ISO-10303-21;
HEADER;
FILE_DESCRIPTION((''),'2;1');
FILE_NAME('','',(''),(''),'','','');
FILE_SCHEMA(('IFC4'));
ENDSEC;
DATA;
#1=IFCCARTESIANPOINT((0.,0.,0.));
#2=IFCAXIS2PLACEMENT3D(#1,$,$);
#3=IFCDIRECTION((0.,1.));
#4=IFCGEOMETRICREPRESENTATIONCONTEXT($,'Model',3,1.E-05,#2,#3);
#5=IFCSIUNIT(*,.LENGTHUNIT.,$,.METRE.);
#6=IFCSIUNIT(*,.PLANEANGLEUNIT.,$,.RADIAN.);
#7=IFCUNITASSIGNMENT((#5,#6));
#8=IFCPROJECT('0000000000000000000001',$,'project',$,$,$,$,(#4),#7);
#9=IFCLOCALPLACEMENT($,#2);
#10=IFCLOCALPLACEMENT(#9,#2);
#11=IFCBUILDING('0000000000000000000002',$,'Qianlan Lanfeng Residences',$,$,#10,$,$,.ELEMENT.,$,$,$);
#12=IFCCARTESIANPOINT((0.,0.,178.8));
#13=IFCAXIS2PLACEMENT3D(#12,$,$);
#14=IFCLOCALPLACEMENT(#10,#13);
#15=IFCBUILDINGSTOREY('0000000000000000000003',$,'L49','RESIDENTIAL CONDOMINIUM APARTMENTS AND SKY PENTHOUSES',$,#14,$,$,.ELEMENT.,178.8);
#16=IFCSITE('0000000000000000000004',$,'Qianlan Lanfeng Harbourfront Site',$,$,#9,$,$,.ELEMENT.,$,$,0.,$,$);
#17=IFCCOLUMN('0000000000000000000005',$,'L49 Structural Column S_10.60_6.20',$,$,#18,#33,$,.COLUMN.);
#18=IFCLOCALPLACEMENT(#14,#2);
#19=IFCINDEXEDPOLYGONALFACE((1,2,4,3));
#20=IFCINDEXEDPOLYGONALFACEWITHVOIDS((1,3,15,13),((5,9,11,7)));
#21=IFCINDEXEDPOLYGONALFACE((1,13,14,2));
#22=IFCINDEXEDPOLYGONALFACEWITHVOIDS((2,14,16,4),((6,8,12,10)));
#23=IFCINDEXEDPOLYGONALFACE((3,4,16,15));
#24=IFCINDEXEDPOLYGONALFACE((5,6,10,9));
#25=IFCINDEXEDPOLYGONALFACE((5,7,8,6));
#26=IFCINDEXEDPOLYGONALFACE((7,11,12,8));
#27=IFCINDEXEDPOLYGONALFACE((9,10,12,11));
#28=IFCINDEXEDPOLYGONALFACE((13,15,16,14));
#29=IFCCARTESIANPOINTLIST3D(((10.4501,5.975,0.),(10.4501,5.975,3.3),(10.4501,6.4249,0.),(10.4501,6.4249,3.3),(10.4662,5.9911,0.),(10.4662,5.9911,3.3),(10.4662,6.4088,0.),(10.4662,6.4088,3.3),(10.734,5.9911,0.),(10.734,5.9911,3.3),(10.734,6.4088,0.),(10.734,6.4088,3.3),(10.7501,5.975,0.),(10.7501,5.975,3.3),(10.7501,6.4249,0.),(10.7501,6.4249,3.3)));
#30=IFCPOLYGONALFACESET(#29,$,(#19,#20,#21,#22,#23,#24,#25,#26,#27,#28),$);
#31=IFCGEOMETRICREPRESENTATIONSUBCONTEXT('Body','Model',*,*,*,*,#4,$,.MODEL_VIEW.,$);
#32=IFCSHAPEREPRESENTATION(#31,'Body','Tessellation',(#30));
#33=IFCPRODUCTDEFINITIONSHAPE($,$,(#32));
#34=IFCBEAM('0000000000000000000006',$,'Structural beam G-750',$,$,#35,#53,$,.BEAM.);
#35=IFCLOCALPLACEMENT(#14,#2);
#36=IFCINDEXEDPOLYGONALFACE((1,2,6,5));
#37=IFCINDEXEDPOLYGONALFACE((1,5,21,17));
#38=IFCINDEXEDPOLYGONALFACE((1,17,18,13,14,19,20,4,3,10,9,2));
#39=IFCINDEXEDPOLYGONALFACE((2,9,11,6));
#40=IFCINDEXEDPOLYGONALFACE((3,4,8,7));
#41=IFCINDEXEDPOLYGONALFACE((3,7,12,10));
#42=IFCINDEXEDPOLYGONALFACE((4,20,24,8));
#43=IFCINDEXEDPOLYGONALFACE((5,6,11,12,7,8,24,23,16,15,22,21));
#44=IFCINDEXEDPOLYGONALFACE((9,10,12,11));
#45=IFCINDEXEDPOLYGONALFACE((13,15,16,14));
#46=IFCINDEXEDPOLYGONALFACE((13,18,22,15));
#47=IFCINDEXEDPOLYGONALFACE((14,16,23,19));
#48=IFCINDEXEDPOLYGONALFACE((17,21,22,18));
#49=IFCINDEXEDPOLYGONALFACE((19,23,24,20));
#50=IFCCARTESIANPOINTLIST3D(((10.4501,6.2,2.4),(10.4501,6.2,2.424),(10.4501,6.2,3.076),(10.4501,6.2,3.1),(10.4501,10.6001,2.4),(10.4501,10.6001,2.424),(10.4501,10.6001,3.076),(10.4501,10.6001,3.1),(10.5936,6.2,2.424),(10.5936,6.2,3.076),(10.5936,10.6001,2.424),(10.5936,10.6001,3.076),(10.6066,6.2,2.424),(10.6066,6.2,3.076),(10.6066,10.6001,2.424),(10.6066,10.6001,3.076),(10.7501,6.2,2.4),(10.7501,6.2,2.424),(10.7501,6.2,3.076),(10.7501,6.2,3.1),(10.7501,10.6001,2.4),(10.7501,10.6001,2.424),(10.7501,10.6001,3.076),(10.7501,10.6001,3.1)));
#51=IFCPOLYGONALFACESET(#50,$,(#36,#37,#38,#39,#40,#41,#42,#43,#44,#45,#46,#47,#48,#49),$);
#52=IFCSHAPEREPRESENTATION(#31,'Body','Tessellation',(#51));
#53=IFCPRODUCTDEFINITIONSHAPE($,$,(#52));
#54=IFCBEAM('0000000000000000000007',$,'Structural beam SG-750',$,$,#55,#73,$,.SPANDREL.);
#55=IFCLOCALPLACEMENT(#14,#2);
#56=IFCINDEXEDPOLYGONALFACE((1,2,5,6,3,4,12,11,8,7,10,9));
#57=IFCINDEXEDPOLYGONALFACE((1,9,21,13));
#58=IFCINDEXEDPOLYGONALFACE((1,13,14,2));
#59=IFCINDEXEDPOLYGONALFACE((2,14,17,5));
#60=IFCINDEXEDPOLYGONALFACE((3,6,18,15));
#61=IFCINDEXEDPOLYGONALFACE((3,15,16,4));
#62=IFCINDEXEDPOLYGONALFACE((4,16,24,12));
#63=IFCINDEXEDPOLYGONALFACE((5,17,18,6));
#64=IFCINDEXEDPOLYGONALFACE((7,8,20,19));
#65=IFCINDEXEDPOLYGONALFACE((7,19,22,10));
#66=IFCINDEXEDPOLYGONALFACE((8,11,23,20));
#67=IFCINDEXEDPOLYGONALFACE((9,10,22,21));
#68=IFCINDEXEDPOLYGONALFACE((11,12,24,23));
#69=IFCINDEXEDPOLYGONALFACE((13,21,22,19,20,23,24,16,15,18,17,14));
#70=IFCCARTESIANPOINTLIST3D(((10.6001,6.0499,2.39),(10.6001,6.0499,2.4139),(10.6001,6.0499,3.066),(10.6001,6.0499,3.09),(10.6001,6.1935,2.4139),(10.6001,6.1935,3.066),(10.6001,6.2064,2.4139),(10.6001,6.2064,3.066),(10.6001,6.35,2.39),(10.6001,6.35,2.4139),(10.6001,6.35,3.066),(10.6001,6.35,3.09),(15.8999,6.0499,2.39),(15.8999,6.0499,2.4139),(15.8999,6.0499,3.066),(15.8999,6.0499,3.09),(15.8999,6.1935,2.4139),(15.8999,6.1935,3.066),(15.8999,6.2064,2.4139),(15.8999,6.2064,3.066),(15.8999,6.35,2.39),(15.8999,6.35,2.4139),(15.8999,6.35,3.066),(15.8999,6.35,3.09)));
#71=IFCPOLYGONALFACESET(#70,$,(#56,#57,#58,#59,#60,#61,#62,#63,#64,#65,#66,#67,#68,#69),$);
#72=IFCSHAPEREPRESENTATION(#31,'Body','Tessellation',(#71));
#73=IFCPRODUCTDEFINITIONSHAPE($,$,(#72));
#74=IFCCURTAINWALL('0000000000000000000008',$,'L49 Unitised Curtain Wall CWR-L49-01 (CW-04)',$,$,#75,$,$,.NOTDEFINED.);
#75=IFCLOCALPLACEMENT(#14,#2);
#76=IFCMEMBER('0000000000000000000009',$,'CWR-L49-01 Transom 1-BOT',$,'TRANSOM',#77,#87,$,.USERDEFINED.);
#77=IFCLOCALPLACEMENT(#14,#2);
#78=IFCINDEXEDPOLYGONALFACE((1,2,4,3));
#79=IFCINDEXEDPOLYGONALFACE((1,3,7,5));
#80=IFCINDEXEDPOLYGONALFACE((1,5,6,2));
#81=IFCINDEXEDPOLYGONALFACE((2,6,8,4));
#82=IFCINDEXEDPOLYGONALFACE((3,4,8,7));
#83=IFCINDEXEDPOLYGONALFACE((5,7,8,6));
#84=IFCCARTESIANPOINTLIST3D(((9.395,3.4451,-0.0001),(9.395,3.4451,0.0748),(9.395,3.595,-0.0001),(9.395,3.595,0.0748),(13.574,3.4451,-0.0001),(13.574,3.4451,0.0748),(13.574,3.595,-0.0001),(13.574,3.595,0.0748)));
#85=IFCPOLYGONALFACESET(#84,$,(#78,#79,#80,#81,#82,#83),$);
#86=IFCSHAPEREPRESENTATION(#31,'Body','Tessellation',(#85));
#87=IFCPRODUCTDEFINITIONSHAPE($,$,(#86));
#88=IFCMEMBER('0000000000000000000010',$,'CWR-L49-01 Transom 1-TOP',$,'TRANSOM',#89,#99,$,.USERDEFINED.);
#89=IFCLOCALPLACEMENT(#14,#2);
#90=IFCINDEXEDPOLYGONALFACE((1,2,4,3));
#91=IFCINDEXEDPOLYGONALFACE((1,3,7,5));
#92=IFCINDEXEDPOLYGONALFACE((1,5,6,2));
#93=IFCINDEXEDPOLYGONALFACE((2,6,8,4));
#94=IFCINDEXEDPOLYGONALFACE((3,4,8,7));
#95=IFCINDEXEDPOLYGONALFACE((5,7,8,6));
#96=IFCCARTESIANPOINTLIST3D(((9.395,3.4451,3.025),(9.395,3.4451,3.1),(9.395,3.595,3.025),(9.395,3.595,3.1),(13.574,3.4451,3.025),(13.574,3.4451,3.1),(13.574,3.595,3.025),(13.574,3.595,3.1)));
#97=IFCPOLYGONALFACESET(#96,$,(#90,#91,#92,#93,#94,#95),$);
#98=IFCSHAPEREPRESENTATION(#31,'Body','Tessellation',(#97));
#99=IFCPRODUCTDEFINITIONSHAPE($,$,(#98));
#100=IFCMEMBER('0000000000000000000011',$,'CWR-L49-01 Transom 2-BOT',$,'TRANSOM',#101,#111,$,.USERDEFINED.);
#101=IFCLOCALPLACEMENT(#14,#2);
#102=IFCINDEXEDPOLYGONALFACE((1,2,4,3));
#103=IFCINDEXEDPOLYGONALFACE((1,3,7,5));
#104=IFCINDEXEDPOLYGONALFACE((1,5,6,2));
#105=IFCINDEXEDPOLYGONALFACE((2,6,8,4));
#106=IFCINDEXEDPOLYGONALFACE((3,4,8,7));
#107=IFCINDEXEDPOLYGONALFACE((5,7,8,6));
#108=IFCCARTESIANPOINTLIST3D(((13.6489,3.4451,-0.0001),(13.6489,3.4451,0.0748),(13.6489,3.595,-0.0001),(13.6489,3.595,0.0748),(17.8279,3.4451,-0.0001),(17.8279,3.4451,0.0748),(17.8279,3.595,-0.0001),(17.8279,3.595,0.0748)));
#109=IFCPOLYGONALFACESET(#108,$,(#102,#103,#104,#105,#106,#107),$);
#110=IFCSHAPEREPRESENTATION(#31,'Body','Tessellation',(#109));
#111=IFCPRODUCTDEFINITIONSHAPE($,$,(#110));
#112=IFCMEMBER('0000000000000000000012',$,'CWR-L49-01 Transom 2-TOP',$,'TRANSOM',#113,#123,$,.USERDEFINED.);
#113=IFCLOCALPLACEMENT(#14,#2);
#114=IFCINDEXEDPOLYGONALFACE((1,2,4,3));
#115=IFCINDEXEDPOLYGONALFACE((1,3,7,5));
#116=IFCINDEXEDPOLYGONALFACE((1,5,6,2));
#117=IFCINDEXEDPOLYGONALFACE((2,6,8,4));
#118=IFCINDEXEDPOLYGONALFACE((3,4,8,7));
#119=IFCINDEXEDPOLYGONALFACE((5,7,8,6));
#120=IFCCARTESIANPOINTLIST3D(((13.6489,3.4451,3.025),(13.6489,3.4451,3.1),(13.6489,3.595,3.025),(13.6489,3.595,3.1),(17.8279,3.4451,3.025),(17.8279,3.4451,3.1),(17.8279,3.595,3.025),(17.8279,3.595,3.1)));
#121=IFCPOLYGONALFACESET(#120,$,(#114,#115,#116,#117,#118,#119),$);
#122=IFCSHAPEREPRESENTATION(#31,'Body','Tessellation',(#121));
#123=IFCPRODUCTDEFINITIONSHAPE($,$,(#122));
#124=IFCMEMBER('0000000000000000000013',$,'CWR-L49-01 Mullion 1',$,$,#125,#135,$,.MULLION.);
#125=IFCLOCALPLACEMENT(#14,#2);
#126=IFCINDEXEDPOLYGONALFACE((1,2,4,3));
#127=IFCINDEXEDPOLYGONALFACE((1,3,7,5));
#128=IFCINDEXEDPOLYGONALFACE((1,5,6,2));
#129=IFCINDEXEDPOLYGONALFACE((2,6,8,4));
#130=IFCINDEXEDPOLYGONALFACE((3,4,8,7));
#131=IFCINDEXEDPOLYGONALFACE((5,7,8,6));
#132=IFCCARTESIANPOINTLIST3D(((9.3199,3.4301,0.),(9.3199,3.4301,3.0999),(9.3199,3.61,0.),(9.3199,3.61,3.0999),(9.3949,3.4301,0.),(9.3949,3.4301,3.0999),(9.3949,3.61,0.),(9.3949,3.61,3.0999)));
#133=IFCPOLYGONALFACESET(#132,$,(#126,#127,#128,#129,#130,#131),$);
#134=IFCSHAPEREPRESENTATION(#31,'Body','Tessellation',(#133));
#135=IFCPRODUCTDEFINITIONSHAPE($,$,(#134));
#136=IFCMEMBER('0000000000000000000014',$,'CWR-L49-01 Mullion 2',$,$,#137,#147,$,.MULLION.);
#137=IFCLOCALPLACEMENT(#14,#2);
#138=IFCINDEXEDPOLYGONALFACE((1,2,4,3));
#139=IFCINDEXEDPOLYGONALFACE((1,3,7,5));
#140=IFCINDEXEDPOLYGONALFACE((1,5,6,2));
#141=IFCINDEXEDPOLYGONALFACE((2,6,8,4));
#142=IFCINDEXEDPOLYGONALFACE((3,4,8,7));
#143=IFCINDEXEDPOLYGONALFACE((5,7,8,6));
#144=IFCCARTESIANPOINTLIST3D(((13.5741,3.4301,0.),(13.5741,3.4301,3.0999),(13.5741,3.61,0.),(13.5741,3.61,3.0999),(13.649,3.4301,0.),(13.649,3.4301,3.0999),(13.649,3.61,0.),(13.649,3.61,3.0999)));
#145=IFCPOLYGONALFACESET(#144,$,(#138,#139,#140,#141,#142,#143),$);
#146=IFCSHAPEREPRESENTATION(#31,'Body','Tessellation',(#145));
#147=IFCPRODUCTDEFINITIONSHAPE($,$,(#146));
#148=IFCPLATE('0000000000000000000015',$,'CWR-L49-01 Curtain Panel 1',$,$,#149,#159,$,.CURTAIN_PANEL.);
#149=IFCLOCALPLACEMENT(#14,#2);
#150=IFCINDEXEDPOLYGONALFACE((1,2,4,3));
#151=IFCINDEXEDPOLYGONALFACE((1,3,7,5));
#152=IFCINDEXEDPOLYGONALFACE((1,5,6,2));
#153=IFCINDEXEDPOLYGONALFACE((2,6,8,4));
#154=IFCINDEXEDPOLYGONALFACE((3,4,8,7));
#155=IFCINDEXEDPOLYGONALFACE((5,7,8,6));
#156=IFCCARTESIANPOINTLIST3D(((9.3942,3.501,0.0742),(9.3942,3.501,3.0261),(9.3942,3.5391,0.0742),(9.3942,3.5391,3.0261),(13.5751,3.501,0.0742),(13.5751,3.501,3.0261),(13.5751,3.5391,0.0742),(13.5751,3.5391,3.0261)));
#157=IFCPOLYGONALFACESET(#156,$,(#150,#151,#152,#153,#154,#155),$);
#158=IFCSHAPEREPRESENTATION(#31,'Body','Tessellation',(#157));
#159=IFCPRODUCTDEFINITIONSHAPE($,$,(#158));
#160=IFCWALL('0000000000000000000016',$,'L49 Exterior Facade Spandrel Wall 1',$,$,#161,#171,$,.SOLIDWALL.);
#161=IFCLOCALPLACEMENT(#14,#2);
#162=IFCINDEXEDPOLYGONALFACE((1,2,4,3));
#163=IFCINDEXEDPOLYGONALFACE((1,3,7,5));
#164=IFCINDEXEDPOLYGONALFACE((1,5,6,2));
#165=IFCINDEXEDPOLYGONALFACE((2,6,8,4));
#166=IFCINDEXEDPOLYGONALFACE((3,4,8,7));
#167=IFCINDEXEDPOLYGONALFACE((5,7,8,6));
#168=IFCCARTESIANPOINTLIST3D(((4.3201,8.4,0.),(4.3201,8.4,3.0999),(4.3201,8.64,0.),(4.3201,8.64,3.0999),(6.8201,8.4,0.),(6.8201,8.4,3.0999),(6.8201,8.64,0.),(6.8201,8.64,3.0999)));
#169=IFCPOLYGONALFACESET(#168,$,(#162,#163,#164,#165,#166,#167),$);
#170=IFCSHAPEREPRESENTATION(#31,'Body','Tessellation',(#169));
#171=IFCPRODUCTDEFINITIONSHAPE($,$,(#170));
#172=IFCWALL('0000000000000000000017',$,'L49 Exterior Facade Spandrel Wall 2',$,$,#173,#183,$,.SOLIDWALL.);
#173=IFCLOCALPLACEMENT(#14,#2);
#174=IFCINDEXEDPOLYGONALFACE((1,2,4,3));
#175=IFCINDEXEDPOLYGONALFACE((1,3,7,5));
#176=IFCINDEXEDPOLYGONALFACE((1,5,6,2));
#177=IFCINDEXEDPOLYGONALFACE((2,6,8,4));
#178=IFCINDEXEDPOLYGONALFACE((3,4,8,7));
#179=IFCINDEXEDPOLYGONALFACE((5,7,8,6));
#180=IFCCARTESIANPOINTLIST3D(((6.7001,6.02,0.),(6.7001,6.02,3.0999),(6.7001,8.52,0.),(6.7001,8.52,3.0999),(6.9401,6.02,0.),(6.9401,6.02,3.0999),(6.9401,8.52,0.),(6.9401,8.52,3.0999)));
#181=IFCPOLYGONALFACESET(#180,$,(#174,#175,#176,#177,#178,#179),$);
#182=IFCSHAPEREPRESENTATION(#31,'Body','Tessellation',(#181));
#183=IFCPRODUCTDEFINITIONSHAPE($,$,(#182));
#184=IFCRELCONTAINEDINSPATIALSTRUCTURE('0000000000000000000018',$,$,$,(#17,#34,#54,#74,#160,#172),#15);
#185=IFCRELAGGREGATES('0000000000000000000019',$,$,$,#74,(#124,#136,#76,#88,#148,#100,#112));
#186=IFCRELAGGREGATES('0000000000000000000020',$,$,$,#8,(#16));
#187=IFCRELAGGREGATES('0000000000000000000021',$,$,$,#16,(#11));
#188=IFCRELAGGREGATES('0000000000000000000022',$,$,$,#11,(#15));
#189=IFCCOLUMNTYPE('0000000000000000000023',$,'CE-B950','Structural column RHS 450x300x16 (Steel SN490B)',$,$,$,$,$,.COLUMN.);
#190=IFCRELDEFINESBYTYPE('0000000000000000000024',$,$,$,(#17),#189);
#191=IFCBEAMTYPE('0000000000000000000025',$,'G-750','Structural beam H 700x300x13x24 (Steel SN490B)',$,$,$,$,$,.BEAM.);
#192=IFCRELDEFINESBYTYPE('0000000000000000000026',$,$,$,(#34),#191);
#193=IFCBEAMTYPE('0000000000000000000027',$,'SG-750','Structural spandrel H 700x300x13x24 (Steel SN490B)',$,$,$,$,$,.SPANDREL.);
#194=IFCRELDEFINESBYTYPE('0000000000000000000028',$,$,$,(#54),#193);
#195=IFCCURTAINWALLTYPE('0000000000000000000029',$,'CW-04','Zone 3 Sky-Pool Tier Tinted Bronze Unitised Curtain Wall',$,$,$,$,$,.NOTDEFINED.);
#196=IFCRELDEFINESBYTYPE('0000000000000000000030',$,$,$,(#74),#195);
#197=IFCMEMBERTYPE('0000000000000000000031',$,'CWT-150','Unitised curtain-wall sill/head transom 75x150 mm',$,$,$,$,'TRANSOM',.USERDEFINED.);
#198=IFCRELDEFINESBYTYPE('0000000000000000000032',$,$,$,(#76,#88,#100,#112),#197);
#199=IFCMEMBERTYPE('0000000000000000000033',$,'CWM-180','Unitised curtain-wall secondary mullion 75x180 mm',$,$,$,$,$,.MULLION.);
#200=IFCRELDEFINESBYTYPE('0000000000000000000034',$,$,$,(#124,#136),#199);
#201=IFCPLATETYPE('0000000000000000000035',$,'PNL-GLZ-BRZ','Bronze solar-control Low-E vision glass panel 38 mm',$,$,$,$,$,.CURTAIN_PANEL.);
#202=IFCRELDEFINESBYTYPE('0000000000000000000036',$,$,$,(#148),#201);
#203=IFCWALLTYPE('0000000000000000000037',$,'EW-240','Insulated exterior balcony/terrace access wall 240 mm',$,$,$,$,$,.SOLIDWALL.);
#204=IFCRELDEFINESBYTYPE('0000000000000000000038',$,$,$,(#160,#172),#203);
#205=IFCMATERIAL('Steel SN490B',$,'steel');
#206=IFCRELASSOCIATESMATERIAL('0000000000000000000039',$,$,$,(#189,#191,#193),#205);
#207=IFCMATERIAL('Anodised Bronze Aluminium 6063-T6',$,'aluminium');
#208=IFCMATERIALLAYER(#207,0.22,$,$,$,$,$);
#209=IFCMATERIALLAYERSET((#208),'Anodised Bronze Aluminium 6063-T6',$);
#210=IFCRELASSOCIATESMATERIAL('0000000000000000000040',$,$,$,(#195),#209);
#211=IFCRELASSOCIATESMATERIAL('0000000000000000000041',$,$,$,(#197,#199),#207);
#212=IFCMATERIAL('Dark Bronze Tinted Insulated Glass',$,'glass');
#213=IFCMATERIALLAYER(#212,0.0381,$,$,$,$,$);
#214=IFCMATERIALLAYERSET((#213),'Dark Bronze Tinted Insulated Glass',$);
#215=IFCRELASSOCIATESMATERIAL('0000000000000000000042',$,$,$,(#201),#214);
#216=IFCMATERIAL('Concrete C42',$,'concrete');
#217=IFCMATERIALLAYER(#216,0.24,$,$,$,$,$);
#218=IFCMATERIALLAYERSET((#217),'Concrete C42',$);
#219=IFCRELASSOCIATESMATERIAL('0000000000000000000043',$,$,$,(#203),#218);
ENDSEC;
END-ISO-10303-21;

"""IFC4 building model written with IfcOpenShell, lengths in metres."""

from ifc_helpers import new_model, si_unit, direction, frame, frame_2d, origin, origin_2d, place, context, subcontext, project, spatial, rectangle, hollow_rectangle, i_section, extrude, source, transform, mapped, material, layer, layer_set, material_profile, profile_set, type_object, element, aggregate, save


model = new_model("IFC4")

# Units and contexts
model_context = context("Model", 3, precision=1e-05, world=origin(), true_north=direction((0.0, 1.0)))
body_context = subcontext(model_context, "Body", "Model", "MODEL_VIEW")
ifc_project = project(units=[si_unit("LENGTHUNIT", "METRE"), si_unit("PLANEANGLEUNIT", "RADIAN")], contexts=[model_context])

# Site, building, storey
site_placement = place(None, origin())
site = spatial("IfcSite", under=ifc_project, at=site_placement, Name="Qianlan Lanfeng Harbourfront Site", CompositionType="ELEMENT", RefElevation=0.0)
building_placement = place(site_placement, origin())
building = spatial("IfcBuilding", under=site, at=building_placement, Name="Qianlan Lanfeng Residences", CompositionType="ELEMENT")
storey_placement = place(building_placement, frame((0.0, 0.0, 178.8)))
storey = spatial("IfcBuildingStorey", under=building, at=storey_placement, Name="L49", Description="RESIDENTIAL CONDOMINIUM APARTMENTS AND SKY PENTHOUSES", CompositionType="ELEMENT", Elevation=178.8)

# Column
ifc_material_1 = material(Name="Steel SN490B", Category="steel")
ifc_material_profile_1 = material_profile(ifc_material_1, hollow_rectangle(XDim=0.3, YDim=0.45, WallThickness=0.0161, at=origin_2d()), Name="RHS 450x300x16")
ifc_profile_set_1 = profile_set([ifc_material_profile_1], Name="Steel SN490B")
column_type = type_object("IfcColumnType", Name="CE-B950", Description="Structural column RHS 450x300x16 (Steel SN490B)", PredefinedType="COLUMN", material=ifc_profile_set_1)
column_placement = place(storey_placement, frame((10.6001, 6.2, 0.0), z_axis=(0.0, 0.0, 1.0), x_axis=(1.0, 0.0, 0.0)))
element("IfcColumn", 1, at=column_placement, inside=storey, type_object=column_type, Name="L49 Structural Column S_10.60_6.20", PredefinedType="COLUMN", context=body_context, shape_type="SweptSolid", body=[
    extrude(hollow_rectangle(XDim=0.3, YDim=0.45, WallThickness=0.0161, at=origin_2d()), origin(), (0.0, 0.0, 1.0), 3.3),
])

# Beams
ifc_material_profile_2 = material_profile(ifc_material_1, i_section(OverallWidth=0.3, OverallDepth=0.7, WebThickness=0.0129, FlangeThickness=0.0239, at=origin_2d()), Name="H 700x300x13x24")
ifc_profile_set_2 = profile_set([ifc_material_profile_2], Name="Steel SN490B")
beam_type_1 = type_object("IfcBeamType", Name="G-750", Description="Structural beam H 700x300x13x24 (Steel SN490B)", PredefinedType="BEAM", material=ifc_profile_set_2)
beam_1_placement = place(storey_placement, frame((10.6001, 6.2, 2.75), z_axis=(0.0, 1.0, 0.0), x_axis=(-1.0, 0.0, 0.0)))
element("IfcBeam", 2, at=beam_1_placement, inside=storey, type_object=beam_type_1, Name="Structural beam G-750", PredefinedType="BEAM", context=body_context, shape_type="SweptSolid", body=[
    extrude(i_section(OverallWidth=0.3, OverallDepth=0.7, WebThickness=0.0129, FlangeThickness=0.0239, at=origin_2d()), origin(), (0.0, 0.0, 1.0), 4.4001),
])
ifc_material_profile_3 = material_profile(ifc_material_1, i_section(OverallWidth=0.3, OverallDepth=0.7, WebThickness=0.0129, FlangeThickness=0.0239, at=origin_2d()), Name="H 700x300x13x24")
ifc_profile_set_3 = profile_set([ifc_material_profile_3], Name="Steel SN490B")
beam_type_2 = type_object("IfcBeamType", Name="SG-750", Description="Structural spandrel H 700x300x13x24 (Steel SN490B)", PredefinedType="SPANDREL", material=ifc_profile_set_3)
beam_2_placement = place(storey_placement, frame((10.6001, 6.2, 2.74), z_axis=(1.0, 0.0, 0.0), x_axis=(0.0, 1.0, 0.0)))
element("IfcBeam", 3, at=beam_2_placement, inside=storey, type_object=beam_type_2, Name="Structural beam SG-750", PredefinedType="SPANDREL", context=body_context, shape_type="SweptSolid", body=[
    extrude(i_section(OverallWidth=0.3, OverallDepth=0.7, WebThickness=0.0129, FlangeThickness=0.0239, at=origin_2d()), origin(), (0.0, 0.0, 1.0), 5.2998),
])

# Curtain wall, members, plate
ifc_material_2 = material(Name="Anodised Bronze Aluminium 6063-T6", Category="aluminium")
ifc_layer_1 = layer(ifc_material_2, 0.22)
ifc_layer_set_1 = layer_set([ifc_layer_1], Name="Anodised Bronze Aluminium 6063-T6")
curtain_wall_type = type_object("IfcCurtainWallType", Name="CW-04", Description="Zone 3 Sky-Pool Tier Tinted Bronze Unitised Curtain Wall", PredefinedType="NOTDEFINED", material=ifc_layer_set_1)
curtain_wall_placement = place(storey_placement, origin())
curtain_wall = element("IfcCurtainWall", 4, at=curtain_wall_placement, inside=storey, type_object=curtain_wall_type, Name="L49 Unitised Curtain Wall CWR-L49-01 (CW-04)", PredefinedType="NOTDEFINED")
ifc_material_profile_4 = material_profile(ifc_material_2, rectangle(XDim=0.075, YDim=0.1499, at=origin_2d()), Name="ALU TRANSOM 75x150")
ifc_profile_set_4 = profile_set([ifc_material_profile_4], Name="Anodised Bronze Aluminium 6063-T6")
member_type_1 = type_object("IfcMemberType", Name="CWT-150", Description="Unitised curtain-wall sill/head transom 75x150 mm", ElementType="TRANSOM", PredefinedType="USERDEFINED", material=ifc_profile_set_4)
shared_shape_1 = source(origin(), body_context, "Body", "SweptSolid", [
    extrude(rectangle(XDim=0.075, YDim=0.1499, at=origin_2d()), origin(), (0.0, 0.0, 1.0), 4.179),
])
member_1_placement = place(storey_placement, frame((9.395, 3.52, 0.0374), z_axis=(1.0, 0.0, 0.0), x_axis=(0.0, 0.0, 1.0)))
member_1 = element("IfcMember", 5, at=member_1_placement, type_object=member_type_1, Name="CWR-L49-01 Transom 1-BOT", ObjectType="TRANSOM", PredefinedType="USERDEFINED", context=body_context, shape_type="MappedRepresentation", body=[
    mapped(shared_shape_1, transform((0.0, 0.0, 0.0), scale=1.0)),
])
member_2_placement = place(storey_placement, frame((9.395, 3.52, 3.0625), z_axis=(1.0, 0.0, 0.0), x_axis=(0.0, 0.0, 1.0)))
member_2 = element("IfcMember", 6, at=member_2_placement, type_object=member_type_1, Name="CWR-L49-01 Transom 1-TOP", ObjectType="TRANSOM", PredefinedType="USERDEFINED", context=body_context, shape_type="MappedRepresentation", body=[
    mapped(shared_shape_1, transform((0.0, 0.0, 0.0), scale=1.0)),
])
member_3_placement = place(storey_placement, frame((13.6489, 3.52, 0.0374), z_axis=(1.0, 0.0, 0.0), x_axis=(0.0, 0.0, 1.0)))
member_3 = element("IfcMember", 7, at=member_3_placement, type_object=member_type_1, Name="CWR-L49-01 Transom 2-BOT", ObjectType="TRANSOM", PredefinedType="USERDEFINED", context=body_context, shape_type="MappedRepresentation", body=[
    mapped(shared_shape_1, transform((0.0, 0.0, 0.0), scale=1.0)),
])
member_4_placement = place(storey_placement, frame((13.6489, 3.52, 3.0625), z_axis=(1.0, 0.0, 0.0), x_axis=(0.0, 0.0, 1.0)))
member_4 = element("IfcMember", 8, at=member_4_placement, type_object=member_type_1, Name="CWR-L49-01 Transom 2-TOP", ObjectType="TRANSOM", PredefinedType="USERDEFINED", context=body_context, shape_type="MappedRepresentation", body=[
    mapped(shared_shape_1, transform((0.0, 0.0, 0.0), scale=1.0)),
])
ifc_material_profile_5 = material_profile(ifc_material_2, rectangle(XDim=0.075, YDim=0.1799, at=origin_2d()), Name="ALU MULLION 75x180")
ifc_profile_set_5 = profile_set([ifc_material_profile_5], Name="Anodised Bronze Aluminium 6063-T6")
member_type_2 = type_object("IfcMemberType", Name="CWM-180", Description="Unitised curtain-wall secondary mullion 75x180 mm", PredefinedType="MULLION", material=ifc_profile_set_5)
shared_shape_2 = source(origin(), body_context, "Body", "SweptSolid", [
    extrude(rectangle(XDim=0.075, YDim=0.1799, at=origin_2d()), origin(), (0.0, 0.0, 1.0), 3.0999),
])
member_5_placement = place(storey_placement, frame((9.3574, 3.52, 0.0), z_axis=(0.0, 0.0, 1.0), x_axis=(1.0, 0.0, 0.0)))
member_5 = element("IfcMember", 9, at=member_5_placement, type_object=member_type_2, Name="CWR-L49-01 Mullion 1", PredefinedType="MULLION", context=body_context, shape_type="MappedRepresentation", body=[
    mapped(shared_shape_2, transform((0.0, 0.0, 0.0), scale=1.0)),
])
member_6_placement = place(storey_placement, frame((13.6116, 3.52, 0.0), z_axis=(0.0, 0.0, 1.0), x_axis=(1.0, 0.0, 0.0)))
member_6 = element("IfcMember", 10, at=member_6_placement, type_object=member_type_2, Name="CWR-L49-01 Mullion 2", PredefinedType="MULLION", context=body_context, shape_type="MappedRepresentation", body=[
    mapped(shared_shape_2, transform((0.0, 0.0, 0.0), scale=1.0)),
])
ifc_material_3 = material(Name="Dark Bronze Tinted Insulated Glass", Category="glass")
ifc_layer_2 = layer(ifc_material_3, 0.0381)
ifc_layer_set_2 = layer_set([ifc_layer_2], Name="Dark Bronze Tinted Insulated Glass")
plate_type = type_object("IfcPlateType", Name="PNL-GLZ-BRZ", Description="Bronze solar-control Low-E vision glass panel 38 mm", PredefinedType="CURTAIN_PANEL", material=ifc_layer_set_2)
shared_shape_3 = source(origin(), body_context, "Body", "SweptSolid", [
    extrude(rectangle(XDim=4.1809, YDim=0.0381, at=origin_2d()), origin(), (0.0, 0.0, 1.0), 2.9519),
])
plate_placement = place(storey_placement, frame((11.4846, 3.52, 0.0742), z_axis=(0.0, 0.0, 1.0), x_axis=(1.0, 0.0, 0.0)))
plate = element("IfcPlate", 11, at=plate_placement, type_object=plate_type, Name="CWR-L49-01 Curtain Panel 1", PredefinedType="CURTAIN_PANEL", context=body_context, shape_type="MappedRepresentation", body=[
    mapped(shared_shape_3, transform((0.0, 0.0, 0.0), scale=1.0)),
])
aggregate(curtain_wall, [member_5, member_6, member_1, member_2, plate, member_3, member_4])

# Walls
ifc_material_4 = material(Name="Concrete C42", Category="concrete")
ifc_layer_3 = layer(ifc_material_4, 0.24)
ifc_layer_set_3 = layer_set([ifc_layer_3], Name="Concrete C42")
wall_type_1 = type_object("IfcWallType", Name="EW-240", Description="Insulated exterior balcony/terrace access wall 240 mm", PredefinedType="SOLIDWALL", material=ifc_layer_set_3)
for number, where, z_axis, x_axis, name in (
    (12, (4.3201, 8.52, 0.0), (0.0, 0.0, 1.0), (1.0, 0.0, 0.0), "L49 Exterior Facade Spandrel Wall 1"),
    (13, (6.8201, 8.52, 0.0), (0.0, 0.0, 1.0), (0.0, -1.0, 0.0), "L49 Exterior Facade Spandrel Wall 2"),
):
    element("IfcWall", number, at=place(storey_placement, frame(where, z_axis=z_axis, x_axis=x_axis)), inside=storey, type_object=wall_type_1, Name=name, PredefinedType="SOLIDWALL", context=body_context, shape_type="SweptSolid", body=[
        extrude(rectangle(XDim=2.5, YDim=0.24, at=frame_2d((1.25, 0.0))), origin(), (0.0, 0.0, 1.0), 3.0999),
    ])

save(model, "model.ifc")
